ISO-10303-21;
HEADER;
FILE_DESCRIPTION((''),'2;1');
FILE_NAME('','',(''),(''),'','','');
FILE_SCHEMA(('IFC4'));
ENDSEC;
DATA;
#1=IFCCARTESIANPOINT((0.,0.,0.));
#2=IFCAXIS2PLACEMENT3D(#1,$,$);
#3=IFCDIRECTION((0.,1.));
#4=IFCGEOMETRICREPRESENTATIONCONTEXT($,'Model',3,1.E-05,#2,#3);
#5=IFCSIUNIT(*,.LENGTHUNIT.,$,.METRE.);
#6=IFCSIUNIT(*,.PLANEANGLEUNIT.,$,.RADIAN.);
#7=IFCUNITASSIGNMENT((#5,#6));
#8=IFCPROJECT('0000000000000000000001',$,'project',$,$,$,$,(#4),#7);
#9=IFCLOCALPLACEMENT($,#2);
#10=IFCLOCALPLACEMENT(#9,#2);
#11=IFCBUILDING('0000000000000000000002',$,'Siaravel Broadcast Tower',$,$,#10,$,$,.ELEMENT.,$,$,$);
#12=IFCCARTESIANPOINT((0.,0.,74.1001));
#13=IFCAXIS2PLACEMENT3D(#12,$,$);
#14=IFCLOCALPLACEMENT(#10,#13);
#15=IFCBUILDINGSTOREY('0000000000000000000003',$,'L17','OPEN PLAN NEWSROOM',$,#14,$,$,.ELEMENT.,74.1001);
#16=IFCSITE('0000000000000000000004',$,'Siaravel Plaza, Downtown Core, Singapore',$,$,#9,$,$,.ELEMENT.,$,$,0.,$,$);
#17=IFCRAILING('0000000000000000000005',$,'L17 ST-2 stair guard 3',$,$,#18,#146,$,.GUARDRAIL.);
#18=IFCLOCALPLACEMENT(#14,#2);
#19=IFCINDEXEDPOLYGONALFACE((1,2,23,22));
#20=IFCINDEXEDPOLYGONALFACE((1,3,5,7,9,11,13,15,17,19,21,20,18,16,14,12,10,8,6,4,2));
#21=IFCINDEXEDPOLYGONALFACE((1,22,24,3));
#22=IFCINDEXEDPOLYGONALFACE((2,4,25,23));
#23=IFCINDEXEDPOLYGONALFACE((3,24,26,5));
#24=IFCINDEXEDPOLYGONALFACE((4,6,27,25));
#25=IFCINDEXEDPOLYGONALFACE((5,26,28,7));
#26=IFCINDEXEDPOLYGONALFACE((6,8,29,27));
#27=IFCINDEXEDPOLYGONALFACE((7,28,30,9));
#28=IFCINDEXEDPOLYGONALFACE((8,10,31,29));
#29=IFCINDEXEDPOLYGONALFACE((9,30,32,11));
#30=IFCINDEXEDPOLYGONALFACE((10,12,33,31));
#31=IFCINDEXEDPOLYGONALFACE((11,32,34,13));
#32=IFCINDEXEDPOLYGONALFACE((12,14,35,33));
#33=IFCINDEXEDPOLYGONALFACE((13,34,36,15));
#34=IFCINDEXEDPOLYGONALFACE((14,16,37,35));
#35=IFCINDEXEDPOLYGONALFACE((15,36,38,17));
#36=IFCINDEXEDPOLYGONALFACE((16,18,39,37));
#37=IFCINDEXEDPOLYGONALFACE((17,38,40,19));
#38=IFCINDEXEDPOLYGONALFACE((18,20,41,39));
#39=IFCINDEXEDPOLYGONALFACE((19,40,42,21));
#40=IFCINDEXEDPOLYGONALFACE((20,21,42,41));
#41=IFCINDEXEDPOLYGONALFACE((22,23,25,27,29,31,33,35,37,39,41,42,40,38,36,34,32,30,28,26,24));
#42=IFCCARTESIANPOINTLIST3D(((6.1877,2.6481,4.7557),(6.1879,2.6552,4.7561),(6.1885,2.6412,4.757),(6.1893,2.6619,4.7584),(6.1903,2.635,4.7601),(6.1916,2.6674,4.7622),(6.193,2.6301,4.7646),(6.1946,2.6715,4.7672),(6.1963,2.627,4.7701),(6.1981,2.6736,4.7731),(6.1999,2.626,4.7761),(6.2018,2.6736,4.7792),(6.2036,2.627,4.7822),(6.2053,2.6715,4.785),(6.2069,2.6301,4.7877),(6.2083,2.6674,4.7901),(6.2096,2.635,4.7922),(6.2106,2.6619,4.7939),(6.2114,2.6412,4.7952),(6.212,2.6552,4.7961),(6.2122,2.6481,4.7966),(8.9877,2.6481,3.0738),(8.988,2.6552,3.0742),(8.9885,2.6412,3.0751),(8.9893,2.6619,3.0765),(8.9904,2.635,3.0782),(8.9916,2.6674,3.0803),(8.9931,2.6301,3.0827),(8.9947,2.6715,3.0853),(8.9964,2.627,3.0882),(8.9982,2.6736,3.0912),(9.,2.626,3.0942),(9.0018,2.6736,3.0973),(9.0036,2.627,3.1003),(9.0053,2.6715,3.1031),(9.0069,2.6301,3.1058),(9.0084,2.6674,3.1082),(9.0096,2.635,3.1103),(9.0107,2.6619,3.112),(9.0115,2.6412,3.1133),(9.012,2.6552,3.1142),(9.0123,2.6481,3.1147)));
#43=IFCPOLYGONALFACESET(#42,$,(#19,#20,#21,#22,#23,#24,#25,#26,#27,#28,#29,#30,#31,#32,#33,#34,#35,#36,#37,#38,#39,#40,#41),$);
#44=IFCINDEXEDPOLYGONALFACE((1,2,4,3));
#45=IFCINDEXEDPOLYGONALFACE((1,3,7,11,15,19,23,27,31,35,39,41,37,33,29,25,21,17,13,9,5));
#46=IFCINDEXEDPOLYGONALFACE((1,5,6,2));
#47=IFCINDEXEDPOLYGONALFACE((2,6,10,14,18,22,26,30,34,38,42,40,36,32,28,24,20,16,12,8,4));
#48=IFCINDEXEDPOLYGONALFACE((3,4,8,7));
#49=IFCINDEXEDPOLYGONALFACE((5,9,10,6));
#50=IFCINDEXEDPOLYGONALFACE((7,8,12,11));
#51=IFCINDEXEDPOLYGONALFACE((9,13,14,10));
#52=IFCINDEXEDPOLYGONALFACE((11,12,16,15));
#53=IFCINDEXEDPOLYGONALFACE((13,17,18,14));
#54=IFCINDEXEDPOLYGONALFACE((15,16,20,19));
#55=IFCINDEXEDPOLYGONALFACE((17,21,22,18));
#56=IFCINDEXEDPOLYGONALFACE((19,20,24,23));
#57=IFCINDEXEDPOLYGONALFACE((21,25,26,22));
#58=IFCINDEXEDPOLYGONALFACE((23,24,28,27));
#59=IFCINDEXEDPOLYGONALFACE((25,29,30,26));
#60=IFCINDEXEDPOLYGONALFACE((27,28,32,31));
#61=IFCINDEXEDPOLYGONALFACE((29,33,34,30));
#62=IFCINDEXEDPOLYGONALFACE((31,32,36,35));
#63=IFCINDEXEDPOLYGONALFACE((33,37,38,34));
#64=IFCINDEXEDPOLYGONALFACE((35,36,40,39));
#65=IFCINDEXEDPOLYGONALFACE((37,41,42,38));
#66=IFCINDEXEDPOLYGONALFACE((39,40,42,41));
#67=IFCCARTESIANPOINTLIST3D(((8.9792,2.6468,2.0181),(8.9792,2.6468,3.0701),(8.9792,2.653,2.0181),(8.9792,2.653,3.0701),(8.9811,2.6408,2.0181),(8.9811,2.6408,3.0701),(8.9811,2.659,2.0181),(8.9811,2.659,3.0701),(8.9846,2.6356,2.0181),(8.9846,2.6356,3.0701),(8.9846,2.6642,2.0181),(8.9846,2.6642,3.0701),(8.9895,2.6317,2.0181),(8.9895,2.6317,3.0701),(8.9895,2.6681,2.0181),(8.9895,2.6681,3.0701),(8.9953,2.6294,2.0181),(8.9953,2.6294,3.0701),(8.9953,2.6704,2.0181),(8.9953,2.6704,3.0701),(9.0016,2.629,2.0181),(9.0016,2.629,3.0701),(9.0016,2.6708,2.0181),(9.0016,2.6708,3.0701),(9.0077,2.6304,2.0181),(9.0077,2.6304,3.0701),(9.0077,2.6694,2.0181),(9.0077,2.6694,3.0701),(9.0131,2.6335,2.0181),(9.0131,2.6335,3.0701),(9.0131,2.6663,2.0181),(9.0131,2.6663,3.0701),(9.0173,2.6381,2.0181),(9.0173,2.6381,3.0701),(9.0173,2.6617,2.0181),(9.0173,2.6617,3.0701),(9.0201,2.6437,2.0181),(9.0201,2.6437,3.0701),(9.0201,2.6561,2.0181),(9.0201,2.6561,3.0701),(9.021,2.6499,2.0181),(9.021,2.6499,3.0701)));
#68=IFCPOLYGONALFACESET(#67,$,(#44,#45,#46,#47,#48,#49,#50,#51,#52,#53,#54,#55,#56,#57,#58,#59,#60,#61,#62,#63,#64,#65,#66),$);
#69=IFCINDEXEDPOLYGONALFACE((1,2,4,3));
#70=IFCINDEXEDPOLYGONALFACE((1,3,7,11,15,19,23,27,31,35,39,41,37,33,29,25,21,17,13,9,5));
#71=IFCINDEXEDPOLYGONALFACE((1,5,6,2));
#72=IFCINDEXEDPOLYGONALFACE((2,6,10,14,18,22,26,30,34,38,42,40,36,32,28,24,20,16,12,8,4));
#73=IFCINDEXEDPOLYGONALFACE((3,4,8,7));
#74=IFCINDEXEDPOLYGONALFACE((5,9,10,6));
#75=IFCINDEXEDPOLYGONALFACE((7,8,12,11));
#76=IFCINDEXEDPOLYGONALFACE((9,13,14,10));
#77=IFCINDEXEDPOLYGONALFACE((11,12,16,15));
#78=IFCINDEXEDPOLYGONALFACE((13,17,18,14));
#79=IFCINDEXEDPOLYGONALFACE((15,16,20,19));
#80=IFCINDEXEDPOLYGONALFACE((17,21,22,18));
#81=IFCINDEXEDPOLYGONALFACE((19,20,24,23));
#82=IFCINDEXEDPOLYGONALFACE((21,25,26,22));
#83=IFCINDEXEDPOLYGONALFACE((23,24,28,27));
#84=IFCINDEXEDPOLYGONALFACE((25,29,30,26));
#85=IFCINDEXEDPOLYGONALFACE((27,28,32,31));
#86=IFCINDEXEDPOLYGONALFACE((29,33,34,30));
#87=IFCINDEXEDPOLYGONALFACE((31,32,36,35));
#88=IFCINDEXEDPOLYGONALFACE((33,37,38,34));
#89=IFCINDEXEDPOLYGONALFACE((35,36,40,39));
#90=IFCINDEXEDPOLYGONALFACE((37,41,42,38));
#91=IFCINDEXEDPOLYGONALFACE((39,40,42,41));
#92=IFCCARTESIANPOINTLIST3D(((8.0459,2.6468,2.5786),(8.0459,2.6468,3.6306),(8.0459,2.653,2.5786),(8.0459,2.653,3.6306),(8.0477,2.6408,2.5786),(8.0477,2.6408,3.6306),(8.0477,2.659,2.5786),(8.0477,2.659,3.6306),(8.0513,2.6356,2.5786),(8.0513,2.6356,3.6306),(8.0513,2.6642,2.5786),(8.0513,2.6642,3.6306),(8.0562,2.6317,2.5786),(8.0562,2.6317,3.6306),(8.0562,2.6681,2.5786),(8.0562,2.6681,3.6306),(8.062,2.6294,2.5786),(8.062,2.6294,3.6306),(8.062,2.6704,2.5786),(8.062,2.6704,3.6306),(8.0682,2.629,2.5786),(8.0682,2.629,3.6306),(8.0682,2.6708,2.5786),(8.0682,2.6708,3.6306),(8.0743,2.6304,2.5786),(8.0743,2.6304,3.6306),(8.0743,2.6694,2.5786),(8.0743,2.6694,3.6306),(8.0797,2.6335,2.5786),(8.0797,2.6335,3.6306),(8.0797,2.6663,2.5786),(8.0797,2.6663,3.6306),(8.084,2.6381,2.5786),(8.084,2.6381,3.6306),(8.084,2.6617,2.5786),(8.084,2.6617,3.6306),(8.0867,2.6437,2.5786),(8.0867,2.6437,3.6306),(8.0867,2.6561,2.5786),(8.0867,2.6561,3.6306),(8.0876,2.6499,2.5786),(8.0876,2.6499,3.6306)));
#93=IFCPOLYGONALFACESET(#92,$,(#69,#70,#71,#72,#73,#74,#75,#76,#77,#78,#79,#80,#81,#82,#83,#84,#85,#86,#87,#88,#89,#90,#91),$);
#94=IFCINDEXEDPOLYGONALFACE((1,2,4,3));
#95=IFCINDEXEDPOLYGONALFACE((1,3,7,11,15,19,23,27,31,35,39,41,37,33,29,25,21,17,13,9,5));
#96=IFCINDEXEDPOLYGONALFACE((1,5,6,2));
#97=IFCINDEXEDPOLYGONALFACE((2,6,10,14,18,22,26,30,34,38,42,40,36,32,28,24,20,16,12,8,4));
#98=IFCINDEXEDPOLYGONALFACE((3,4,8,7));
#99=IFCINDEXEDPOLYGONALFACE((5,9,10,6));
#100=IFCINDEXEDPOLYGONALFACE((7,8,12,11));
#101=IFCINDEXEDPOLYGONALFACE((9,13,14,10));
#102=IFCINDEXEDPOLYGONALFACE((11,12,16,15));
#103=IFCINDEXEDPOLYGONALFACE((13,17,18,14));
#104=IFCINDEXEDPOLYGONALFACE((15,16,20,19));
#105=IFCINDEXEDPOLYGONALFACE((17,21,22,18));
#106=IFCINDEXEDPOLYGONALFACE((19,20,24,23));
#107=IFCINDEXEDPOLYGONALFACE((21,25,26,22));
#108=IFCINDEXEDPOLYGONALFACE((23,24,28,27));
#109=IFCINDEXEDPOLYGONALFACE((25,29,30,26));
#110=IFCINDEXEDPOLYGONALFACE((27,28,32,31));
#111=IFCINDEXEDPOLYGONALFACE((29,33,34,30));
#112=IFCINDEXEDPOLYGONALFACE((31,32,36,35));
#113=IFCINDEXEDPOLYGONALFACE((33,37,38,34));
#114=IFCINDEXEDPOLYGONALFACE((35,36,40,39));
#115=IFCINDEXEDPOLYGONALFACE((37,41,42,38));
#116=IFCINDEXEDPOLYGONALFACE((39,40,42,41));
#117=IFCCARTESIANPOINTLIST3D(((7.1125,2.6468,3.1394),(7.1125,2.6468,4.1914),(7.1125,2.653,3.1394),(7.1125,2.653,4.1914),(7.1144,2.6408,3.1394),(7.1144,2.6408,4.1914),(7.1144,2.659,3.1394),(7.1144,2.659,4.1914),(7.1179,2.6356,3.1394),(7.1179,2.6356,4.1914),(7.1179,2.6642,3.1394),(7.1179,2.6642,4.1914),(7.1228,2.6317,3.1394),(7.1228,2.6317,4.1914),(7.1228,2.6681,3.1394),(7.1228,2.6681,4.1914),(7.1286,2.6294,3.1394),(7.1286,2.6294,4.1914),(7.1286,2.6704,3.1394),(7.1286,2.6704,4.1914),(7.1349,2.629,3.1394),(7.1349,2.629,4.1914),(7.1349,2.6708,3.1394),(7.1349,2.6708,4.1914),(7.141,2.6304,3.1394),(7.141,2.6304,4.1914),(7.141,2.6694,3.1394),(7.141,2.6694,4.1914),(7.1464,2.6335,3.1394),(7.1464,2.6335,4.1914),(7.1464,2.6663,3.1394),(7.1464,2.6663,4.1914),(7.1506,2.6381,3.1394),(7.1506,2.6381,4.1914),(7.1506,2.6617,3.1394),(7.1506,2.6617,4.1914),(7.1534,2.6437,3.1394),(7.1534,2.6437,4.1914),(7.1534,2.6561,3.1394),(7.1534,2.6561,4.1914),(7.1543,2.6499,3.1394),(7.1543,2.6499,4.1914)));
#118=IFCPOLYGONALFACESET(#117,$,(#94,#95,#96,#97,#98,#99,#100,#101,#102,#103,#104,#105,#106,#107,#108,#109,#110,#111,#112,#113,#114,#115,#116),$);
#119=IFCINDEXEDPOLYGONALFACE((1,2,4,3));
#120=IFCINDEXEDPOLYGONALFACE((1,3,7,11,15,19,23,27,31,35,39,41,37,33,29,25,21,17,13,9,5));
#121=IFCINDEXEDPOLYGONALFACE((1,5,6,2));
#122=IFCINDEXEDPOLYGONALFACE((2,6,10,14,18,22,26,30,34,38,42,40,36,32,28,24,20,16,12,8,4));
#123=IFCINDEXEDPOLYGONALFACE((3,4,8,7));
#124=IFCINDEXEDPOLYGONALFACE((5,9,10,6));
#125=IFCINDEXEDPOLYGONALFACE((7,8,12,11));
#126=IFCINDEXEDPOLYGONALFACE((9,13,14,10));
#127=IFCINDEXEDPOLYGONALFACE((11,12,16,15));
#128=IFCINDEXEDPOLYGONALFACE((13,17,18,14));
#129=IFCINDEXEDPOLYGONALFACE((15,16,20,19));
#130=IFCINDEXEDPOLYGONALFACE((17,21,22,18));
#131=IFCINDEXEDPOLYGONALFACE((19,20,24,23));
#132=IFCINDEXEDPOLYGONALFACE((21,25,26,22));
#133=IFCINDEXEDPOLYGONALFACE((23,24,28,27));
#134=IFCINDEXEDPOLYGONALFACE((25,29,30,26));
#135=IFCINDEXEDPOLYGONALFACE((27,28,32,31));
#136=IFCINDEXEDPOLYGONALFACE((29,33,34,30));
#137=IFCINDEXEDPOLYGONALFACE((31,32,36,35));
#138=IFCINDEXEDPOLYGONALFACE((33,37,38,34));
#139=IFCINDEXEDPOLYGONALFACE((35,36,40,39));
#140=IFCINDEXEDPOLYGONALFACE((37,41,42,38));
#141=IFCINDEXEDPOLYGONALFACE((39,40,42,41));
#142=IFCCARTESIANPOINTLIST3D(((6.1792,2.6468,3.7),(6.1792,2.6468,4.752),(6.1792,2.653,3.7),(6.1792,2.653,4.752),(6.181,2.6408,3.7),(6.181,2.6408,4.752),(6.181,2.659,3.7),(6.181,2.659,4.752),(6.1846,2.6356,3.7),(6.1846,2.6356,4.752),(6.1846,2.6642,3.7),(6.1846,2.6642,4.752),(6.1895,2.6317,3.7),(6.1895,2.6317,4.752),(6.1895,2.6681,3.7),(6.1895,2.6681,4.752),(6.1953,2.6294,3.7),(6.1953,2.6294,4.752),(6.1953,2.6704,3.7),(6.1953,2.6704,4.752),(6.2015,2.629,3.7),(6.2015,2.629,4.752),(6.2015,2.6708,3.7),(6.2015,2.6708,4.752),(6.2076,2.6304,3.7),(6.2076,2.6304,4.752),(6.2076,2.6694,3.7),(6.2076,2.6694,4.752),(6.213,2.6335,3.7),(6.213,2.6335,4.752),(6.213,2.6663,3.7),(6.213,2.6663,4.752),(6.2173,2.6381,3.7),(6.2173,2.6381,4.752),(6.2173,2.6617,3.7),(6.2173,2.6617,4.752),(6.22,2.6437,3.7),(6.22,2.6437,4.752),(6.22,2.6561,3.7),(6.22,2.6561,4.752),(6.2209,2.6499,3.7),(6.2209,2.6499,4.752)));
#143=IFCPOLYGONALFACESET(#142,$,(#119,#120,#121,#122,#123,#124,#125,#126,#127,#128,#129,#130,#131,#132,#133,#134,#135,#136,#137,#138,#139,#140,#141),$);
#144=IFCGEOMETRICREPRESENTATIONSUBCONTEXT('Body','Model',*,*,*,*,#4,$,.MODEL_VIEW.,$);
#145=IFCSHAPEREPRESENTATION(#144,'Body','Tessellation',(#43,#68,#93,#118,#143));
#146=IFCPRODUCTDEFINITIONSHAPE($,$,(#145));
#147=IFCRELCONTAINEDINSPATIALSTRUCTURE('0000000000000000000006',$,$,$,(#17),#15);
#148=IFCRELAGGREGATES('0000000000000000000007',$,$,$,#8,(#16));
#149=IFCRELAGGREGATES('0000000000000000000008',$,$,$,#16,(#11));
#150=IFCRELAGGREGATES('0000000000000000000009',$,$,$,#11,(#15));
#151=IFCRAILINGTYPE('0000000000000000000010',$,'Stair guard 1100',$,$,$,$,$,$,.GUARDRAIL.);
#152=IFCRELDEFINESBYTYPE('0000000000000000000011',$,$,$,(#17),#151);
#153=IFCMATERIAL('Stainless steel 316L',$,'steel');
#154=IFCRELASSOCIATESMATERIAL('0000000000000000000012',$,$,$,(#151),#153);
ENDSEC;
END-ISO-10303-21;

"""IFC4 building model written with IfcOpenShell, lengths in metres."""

from ifc_helpers import new_model, si_unit, direction, frame, origin, origin_2d, place, context, subcontext, project, spatial, circle, extrude, material, type_object, element, save


model = new_model("IFC4")

# Units and contexts
model_context = context("Model", 3, precision=1e-05, world=origin(), true_north=direction((0.0, 1.0)))
body_context = subcontext(model_context, "Body", "Model", "MODEL_VIEW")
ifc_project = project(units=[si_unit("LENGTHUNIT", "METRE"), si_unit("PLANEANGLEUNIT", "RADIAN")], contexts=[model_context])

# Site, building, storey
site_placement = place(None, origin())
site = spatial("IfcSite", under=ifc_project, at=site_placement, Name="Siaravel Plaza, Downtown Core, Singapore", CompositionType="ELEMENT", RefElevation=0.0)
building_placement = place(site_placement, origin())
building = spatial("IfcBuilding", under=site, at=building_placement, Name="Siaravel Broadcast Tower", CompositionType="ELEMENT")
storey_placement = place(building_placement, frame((0.0, 0.0, 74.1001)))
storey = spatial("IfcBuildingStorey", under=building, at=storey_placement, Name="L17", Description="OPEN PLAN NEWSROOM", CompositionType="ELEMENT", Elevation=74.1001)

# Railing
ifc_material_1 = material(Name="Stainless steel 316L", Category="steel")
railing_type_1 = type_object("IfcRailingType", Name="Stair guard 1100", PredefinedType="GUARDRAIL", material=ifc_material_1)
railing_1_placement = place(storey_placement, frame((9.0, 2.6499, 2.0181)))
element("IfcRailing", 1, at=railing_1_placement, inside=storey, type_object=railing_type_1, Name="L17 ST-2 stair guard 3", PredefinedType="GUARDRAIL", context=body_context, shape_type="SweptSolid", body=[
    extrude(circle(Radius=0.0239, at=origin_2d()), frame((0.0, 0.0, 1.0762), z_axis=(-0.857242, 0.0, 0.514913), x_axis=(0.0, -1.0, 0.0)), (0.0, 0.0, 1.0), 3.2664),
    extrude(circle(Radius=0.021, at=origin_2d()), origin(), (0.0, 0.0, 1.0), 1.052),
    extrude(circle(Radius=0.021, at=origin_2d()), frame((-0.9333, 0.0, 0.5605)), (0.0, 0.0, 1.0), 1.052),
    extrude(circle(Radius=0.021, at=origin_2d()), frame((-1.8667, 0.0, 1.1213)), (0.0, 0.0, 1.0), 1.052),
    extrude(circle(Radius=0.021, at=origin_2d()), frame((-2.8, 0.0, 1.6819)), (0.0, 0.0, 1.0), 1.052),
])

save(model, "model.ifc")
